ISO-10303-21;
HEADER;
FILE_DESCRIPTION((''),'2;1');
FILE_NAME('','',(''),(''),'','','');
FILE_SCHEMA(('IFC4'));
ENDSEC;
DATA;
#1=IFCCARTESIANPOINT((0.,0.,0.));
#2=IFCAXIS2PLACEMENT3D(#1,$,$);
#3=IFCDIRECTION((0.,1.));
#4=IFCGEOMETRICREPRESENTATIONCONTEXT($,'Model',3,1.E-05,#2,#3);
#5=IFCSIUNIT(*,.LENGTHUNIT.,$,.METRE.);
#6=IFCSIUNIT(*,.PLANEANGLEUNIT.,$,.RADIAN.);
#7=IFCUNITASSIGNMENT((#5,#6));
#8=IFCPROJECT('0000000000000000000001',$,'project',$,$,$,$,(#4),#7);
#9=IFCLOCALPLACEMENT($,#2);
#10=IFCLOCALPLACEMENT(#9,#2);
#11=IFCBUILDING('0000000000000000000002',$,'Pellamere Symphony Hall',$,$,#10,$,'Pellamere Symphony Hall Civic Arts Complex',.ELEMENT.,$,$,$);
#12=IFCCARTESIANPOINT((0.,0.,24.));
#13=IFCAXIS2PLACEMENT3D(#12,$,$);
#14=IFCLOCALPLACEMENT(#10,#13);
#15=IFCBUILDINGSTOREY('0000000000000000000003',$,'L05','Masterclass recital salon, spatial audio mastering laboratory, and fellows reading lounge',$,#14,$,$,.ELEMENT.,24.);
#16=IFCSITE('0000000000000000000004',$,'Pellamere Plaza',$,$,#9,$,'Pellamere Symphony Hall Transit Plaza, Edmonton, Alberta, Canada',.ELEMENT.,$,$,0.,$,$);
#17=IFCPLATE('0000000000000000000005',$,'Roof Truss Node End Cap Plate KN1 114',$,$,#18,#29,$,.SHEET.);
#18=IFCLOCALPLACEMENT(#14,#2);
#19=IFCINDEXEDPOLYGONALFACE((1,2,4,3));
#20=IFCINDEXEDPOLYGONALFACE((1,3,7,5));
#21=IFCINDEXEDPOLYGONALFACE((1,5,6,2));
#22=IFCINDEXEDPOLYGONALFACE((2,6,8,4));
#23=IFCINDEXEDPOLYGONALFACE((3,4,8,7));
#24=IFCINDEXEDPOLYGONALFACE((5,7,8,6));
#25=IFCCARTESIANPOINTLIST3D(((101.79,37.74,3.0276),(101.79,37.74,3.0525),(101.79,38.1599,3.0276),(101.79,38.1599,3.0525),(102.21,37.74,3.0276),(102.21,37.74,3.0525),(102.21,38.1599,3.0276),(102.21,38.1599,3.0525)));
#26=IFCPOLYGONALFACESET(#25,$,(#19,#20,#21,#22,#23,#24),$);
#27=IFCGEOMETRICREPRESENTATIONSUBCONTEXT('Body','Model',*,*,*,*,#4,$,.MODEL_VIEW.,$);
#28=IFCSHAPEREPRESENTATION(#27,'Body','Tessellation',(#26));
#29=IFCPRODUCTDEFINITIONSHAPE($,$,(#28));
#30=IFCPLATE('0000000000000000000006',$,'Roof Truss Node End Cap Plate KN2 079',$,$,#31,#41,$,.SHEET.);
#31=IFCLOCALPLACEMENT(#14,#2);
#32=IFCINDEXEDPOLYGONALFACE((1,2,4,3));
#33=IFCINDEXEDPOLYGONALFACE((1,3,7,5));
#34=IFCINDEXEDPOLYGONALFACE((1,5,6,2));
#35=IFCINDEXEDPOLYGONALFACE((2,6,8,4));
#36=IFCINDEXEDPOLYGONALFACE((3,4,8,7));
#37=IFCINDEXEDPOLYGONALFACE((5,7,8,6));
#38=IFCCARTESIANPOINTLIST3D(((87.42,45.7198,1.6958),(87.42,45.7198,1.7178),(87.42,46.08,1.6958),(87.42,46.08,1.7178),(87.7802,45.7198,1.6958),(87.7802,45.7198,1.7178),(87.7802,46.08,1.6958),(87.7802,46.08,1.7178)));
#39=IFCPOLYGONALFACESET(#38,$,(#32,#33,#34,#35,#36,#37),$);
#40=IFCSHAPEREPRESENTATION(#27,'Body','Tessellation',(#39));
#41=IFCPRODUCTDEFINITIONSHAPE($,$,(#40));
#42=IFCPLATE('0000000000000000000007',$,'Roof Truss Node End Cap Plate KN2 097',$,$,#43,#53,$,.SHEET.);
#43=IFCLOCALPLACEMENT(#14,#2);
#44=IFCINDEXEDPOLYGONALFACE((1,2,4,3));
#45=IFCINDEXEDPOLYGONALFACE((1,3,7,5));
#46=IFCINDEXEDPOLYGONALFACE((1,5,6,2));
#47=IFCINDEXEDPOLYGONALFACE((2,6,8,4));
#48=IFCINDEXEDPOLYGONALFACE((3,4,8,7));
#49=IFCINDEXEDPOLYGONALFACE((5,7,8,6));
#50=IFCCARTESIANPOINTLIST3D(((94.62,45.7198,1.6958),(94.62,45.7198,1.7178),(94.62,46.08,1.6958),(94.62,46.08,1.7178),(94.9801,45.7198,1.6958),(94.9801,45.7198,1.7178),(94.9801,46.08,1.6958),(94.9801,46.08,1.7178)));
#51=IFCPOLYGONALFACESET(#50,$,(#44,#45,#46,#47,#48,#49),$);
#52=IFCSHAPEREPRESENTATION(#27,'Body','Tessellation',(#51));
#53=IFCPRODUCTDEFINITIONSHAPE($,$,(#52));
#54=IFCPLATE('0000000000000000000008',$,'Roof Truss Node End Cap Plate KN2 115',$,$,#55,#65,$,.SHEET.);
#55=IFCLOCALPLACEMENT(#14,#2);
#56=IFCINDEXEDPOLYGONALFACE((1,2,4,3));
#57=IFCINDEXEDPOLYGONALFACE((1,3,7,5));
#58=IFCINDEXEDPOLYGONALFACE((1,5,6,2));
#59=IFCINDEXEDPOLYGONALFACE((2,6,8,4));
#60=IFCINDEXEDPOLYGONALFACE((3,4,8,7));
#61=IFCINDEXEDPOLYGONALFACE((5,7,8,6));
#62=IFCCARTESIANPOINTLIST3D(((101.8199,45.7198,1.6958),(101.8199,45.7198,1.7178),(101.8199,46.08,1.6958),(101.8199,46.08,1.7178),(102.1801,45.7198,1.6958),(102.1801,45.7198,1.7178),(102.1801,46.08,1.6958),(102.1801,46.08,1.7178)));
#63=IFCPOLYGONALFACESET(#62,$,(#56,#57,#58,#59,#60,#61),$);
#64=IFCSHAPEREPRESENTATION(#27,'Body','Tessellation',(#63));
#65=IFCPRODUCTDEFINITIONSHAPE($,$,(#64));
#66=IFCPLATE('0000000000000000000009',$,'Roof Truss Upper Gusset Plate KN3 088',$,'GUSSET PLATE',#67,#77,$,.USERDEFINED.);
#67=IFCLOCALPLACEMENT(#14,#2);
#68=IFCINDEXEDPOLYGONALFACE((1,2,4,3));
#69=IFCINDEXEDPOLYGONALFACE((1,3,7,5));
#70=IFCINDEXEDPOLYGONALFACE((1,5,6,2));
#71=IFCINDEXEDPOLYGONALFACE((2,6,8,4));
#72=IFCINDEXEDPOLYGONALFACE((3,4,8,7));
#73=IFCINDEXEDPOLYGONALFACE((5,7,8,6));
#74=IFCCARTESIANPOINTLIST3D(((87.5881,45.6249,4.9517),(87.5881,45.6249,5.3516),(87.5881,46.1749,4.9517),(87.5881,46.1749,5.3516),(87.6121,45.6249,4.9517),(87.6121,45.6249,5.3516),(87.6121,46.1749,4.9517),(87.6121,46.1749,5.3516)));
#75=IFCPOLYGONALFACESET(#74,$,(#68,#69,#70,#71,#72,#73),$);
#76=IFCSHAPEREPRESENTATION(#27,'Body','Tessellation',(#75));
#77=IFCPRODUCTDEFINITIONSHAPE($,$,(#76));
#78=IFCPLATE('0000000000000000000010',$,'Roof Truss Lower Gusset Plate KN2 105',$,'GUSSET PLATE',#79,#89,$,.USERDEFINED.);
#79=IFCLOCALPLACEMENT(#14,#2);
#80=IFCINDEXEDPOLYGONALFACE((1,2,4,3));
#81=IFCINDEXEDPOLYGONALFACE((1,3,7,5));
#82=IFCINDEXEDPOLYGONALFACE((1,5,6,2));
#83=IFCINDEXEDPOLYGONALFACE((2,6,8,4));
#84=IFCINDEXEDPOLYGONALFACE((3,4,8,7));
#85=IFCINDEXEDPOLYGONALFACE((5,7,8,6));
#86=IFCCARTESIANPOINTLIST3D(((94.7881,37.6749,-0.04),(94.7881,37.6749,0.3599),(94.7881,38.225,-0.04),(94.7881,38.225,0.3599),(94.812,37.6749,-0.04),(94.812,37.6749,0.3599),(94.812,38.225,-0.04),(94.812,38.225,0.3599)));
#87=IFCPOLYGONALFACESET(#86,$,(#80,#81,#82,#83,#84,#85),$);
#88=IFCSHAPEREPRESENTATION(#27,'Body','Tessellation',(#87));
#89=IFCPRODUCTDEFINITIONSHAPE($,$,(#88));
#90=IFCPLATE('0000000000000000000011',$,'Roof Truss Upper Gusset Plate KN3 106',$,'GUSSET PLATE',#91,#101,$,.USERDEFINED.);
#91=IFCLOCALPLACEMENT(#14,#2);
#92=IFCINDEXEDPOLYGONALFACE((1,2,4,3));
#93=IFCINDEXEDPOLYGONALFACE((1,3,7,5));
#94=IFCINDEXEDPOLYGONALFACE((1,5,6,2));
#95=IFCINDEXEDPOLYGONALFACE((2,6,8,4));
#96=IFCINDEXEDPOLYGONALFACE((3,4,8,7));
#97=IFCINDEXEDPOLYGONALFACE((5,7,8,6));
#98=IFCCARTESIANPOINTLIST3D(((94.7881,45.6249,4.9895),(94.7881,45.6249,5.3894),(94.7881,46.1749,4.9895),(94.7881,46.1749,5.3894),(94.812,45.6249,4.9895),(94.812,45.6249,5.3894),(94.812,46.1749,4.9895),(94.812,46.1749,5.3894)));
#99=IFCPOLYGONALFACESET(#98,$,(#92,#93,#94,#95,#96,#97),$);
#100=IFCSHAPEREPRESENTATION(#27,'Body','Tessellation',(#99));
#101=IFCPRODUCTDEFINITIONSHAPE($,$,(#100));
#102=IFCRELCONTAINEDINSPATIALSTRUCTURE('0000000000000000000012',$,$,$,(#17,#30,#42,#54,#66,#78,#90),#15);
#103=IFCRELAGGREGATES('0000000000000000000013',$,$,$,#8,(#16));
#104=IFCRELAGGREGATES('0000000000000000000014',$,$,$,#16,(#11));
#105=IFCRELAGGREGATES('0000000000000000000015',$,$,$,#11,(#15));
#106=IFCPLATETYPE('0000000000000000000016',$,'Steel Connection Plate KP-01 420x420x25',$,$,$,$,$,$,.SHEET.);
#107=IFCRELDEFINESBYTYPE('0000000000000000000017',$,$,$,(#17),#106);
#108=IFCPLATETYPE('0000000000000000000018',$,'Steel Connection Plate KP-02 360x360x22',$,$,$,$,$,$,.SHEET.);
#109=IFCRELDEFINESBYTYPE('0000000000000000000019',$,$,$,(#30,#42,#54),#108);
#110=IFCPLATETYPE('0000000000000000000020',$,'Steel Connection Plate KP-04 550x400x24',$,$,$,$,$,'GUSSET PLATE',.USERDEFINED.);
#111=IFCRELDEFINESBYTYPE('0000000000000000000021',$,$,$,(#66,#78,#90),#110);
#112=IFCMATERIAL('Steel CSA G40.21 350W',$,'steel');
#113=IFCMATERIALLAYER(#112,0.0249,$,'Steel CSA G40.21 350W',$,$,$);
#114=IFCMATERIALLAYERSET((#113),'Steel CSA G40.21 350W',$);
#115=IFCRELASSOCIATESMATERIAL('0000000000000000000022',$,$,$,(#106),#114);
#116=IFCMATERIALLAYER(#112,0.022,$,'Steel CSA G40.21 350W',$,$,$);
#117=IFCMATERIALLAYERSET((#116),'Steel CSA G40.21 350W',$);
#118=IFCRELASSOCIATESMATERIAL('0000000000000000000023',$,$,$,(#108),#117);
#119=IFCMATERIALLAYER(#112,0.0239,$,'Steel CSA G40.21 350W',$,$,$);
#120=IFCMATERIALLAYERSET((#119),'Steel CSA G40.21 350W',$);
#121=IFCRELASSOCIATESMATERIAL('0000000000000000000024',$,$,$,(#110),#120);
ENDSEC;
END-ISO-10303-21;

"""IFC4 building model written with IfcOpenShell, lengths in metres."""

from ifc_helpers import new_model, si_unit, direction, frame, origin, origin_2d, place, context, subcontext, project, spatial, rectangle, extrude, material, layer, layer_set, type_object, element, save


model = new_model("IFC4")

# Units and contexts
model_context = context("Model", 3, precision=1e-05, world=origin(), true_north=direction((0.0, 1.0)))
body_context = subcontext(model_context, "Body", "Model", "MODEL_VIEW")
ifc_project = project(units=[si_unit("LENGTHUNIT", "METRE"), si_unit("PLANEANGLEUNIT", "RADIAN")], contexts=[model_context])

# Site, building, storey
site_placement = place(None, origin())
site = spatial("IfcSite", under=ifc_project, at=site_placement, Name="Pellamere Plaza", LongName="Pellamere Symphony Hall Transit Plaza, Edmonton, Alberta, Canada", CompositionType="ELEMENT", RefElevation=0.0)
building_placement = place(site_placement, origin())
building = spatial("IfcBuilding", under=site, at=building_placement, Name="Pellamere Symphony Hall", LongName="Pellamere Symphony Hall Civic Arts Complex", CompositionType="ELEMENT")
storey_placement = place(building_placement, frame((0.0, 0.0, 24.0)))
storey = spatial("IfcBuildingStorey", under=building, at=storey_placement, Name="L05", Description="Masterclass recital salon, spatial audio mastering laboratory, and fellows reading lounge", CompositionType="ELEMENT", Elevation=24.0)

# Shared definitions
ifc_material_1 = material(Name="Steel CSA G40.21 350W", Category="steel")

# Plates
ifc_layer_1 = layer(ifc_material_1, 0.0249, Name="Steel CSA G40.21 350W")
ifc_layer_set_1 = layer_set([ifc_layer_1], Name="Steel CSA G40.21 350W")
plate_type_1 = type_object("IfcPlateType", Name="Steel Connection Plate KP-01 420x420x25", PredefinedType="SHEET", material=ifc_layer_set_1)
plate_placement = place(storey_placement, frame((102.0, 37.95, 3.0276), z_axis=(0.0, 0.0, 1.0), x_axis=(1.0, 0.0, 0.0)))
element("IfcPlate", 1, at=plate_placement, inside=storey, type_object=plate_type_1, Name="Roof Truss Node End Cap Plate KN1 114", PredefinedType="SHEET", context=body_context, shape_type="SweptSolid", body=[
    extrude(rectangle(XDim=0.4199, YDim=0.4199, at=origin_2d()), origin(), (0.0, 0.0, 1.0), 0.0249),
])
ifc_layer_2 = layer(ifc_material_1, 0.022, Name="Steel CSA G40.21 350W")
ifc_layer_set_2 = layer_set([ifc_layer_2], Name="Steel CSA G40.21 350W")
plate_type_2 = type_object("IfcPlateType", Name="Steel Connection Plate KP-02 360x360x22", PredefinedType="SHEET", material=ifc_layer_set_2)
for number, where, z_axis, x_axis, name in (
    (2, (87.6001, 45.8999, 1.6958), (0.0, 0.0, 1.0), (1.0, 0.0, 0.0), "Roof Truss Node End Cap Plate KN2 079"),
    (3, (94.8, 45.8999, 1.6958), (0.0, 0.0, 1.0), (1.0, 0.0, 0.0), "Roof Truss Node End Cap Plate KN2 097"),
    (4, (102.0, 45.8999, 1.6958), (0.0, 0.0, 1.0), (1.0, 0.0, 0.0), "Roof Truss Node End Cap Plate KN2 115"),
):
    element("IfcPlate", number, at=place(storey_placement, frame(where, z_axis=z_axis, x_axis=x_axis)), inside=storey, type_object=plate_type_2, Name=name, PredefinedType="SHEET", context=body_context, shape_type="SweptSolid", body=[
        extrude(rectangle(XDim=0.3601, YDim=0.3601, at=origin_2d()), origin(), (0.0, 0.0, 1.0), 0.022),
    ])
ifc_layer_3 = layer(ifc_material_1, 0.0239, Name="Steel CSA G40.21 350W")
ifc_layer_set_3 = layer_set([ifc_layer_3], Name="Steel CSA G40.21 350W")
plate_type_3 = type_object("IfcPlateType", Name="Steel Connection Plate KP-04 550x400x24", ElementType="GUSSET PLATE", PredefinedType="USERDEFINED", material=ifc_layer_set_3)
for number, where, z_axis, x_axis, name in (
    (5, (87.6001, 45.8999, 4.9517), (0.0, 0.0, 1.0), (1.0, 0.0, 0.0), "Roof Truss Upper Gusset Plate KN3 088"),
    (6, (94.8, 37.95, -0.04), (0.0, 0.0, 1.0), (1.0, 0.0, 0.0), "Roof Truss Lower Gusset Plate KN2 105"),
    (7, (94.8, 45.8999, 4.9895), (0.0, 0.0, 1.0), (1.0, 0.0, 0.0), "Roof Truss Upper Gusset Plate KN3 106"),
):
    element("IfcPlate", number, at=place(storey_placement, frame(where, z_axis=z_axis, x_axis=x_axis)), inside=storey, type_object=plate_type_3, Name=name, ObjectType="GUSSET PLATE", PredefinedType="USERDEFINED", context=body_context, shape_type="SweptSolid", body=[
        extrude(rectangle(XDim=0.0239, YDim=0.55, at=origin_2d()), origin(), (0.0, 0.0, 1.0), 0.3999),
    ])

save(model, "model.ifc")
